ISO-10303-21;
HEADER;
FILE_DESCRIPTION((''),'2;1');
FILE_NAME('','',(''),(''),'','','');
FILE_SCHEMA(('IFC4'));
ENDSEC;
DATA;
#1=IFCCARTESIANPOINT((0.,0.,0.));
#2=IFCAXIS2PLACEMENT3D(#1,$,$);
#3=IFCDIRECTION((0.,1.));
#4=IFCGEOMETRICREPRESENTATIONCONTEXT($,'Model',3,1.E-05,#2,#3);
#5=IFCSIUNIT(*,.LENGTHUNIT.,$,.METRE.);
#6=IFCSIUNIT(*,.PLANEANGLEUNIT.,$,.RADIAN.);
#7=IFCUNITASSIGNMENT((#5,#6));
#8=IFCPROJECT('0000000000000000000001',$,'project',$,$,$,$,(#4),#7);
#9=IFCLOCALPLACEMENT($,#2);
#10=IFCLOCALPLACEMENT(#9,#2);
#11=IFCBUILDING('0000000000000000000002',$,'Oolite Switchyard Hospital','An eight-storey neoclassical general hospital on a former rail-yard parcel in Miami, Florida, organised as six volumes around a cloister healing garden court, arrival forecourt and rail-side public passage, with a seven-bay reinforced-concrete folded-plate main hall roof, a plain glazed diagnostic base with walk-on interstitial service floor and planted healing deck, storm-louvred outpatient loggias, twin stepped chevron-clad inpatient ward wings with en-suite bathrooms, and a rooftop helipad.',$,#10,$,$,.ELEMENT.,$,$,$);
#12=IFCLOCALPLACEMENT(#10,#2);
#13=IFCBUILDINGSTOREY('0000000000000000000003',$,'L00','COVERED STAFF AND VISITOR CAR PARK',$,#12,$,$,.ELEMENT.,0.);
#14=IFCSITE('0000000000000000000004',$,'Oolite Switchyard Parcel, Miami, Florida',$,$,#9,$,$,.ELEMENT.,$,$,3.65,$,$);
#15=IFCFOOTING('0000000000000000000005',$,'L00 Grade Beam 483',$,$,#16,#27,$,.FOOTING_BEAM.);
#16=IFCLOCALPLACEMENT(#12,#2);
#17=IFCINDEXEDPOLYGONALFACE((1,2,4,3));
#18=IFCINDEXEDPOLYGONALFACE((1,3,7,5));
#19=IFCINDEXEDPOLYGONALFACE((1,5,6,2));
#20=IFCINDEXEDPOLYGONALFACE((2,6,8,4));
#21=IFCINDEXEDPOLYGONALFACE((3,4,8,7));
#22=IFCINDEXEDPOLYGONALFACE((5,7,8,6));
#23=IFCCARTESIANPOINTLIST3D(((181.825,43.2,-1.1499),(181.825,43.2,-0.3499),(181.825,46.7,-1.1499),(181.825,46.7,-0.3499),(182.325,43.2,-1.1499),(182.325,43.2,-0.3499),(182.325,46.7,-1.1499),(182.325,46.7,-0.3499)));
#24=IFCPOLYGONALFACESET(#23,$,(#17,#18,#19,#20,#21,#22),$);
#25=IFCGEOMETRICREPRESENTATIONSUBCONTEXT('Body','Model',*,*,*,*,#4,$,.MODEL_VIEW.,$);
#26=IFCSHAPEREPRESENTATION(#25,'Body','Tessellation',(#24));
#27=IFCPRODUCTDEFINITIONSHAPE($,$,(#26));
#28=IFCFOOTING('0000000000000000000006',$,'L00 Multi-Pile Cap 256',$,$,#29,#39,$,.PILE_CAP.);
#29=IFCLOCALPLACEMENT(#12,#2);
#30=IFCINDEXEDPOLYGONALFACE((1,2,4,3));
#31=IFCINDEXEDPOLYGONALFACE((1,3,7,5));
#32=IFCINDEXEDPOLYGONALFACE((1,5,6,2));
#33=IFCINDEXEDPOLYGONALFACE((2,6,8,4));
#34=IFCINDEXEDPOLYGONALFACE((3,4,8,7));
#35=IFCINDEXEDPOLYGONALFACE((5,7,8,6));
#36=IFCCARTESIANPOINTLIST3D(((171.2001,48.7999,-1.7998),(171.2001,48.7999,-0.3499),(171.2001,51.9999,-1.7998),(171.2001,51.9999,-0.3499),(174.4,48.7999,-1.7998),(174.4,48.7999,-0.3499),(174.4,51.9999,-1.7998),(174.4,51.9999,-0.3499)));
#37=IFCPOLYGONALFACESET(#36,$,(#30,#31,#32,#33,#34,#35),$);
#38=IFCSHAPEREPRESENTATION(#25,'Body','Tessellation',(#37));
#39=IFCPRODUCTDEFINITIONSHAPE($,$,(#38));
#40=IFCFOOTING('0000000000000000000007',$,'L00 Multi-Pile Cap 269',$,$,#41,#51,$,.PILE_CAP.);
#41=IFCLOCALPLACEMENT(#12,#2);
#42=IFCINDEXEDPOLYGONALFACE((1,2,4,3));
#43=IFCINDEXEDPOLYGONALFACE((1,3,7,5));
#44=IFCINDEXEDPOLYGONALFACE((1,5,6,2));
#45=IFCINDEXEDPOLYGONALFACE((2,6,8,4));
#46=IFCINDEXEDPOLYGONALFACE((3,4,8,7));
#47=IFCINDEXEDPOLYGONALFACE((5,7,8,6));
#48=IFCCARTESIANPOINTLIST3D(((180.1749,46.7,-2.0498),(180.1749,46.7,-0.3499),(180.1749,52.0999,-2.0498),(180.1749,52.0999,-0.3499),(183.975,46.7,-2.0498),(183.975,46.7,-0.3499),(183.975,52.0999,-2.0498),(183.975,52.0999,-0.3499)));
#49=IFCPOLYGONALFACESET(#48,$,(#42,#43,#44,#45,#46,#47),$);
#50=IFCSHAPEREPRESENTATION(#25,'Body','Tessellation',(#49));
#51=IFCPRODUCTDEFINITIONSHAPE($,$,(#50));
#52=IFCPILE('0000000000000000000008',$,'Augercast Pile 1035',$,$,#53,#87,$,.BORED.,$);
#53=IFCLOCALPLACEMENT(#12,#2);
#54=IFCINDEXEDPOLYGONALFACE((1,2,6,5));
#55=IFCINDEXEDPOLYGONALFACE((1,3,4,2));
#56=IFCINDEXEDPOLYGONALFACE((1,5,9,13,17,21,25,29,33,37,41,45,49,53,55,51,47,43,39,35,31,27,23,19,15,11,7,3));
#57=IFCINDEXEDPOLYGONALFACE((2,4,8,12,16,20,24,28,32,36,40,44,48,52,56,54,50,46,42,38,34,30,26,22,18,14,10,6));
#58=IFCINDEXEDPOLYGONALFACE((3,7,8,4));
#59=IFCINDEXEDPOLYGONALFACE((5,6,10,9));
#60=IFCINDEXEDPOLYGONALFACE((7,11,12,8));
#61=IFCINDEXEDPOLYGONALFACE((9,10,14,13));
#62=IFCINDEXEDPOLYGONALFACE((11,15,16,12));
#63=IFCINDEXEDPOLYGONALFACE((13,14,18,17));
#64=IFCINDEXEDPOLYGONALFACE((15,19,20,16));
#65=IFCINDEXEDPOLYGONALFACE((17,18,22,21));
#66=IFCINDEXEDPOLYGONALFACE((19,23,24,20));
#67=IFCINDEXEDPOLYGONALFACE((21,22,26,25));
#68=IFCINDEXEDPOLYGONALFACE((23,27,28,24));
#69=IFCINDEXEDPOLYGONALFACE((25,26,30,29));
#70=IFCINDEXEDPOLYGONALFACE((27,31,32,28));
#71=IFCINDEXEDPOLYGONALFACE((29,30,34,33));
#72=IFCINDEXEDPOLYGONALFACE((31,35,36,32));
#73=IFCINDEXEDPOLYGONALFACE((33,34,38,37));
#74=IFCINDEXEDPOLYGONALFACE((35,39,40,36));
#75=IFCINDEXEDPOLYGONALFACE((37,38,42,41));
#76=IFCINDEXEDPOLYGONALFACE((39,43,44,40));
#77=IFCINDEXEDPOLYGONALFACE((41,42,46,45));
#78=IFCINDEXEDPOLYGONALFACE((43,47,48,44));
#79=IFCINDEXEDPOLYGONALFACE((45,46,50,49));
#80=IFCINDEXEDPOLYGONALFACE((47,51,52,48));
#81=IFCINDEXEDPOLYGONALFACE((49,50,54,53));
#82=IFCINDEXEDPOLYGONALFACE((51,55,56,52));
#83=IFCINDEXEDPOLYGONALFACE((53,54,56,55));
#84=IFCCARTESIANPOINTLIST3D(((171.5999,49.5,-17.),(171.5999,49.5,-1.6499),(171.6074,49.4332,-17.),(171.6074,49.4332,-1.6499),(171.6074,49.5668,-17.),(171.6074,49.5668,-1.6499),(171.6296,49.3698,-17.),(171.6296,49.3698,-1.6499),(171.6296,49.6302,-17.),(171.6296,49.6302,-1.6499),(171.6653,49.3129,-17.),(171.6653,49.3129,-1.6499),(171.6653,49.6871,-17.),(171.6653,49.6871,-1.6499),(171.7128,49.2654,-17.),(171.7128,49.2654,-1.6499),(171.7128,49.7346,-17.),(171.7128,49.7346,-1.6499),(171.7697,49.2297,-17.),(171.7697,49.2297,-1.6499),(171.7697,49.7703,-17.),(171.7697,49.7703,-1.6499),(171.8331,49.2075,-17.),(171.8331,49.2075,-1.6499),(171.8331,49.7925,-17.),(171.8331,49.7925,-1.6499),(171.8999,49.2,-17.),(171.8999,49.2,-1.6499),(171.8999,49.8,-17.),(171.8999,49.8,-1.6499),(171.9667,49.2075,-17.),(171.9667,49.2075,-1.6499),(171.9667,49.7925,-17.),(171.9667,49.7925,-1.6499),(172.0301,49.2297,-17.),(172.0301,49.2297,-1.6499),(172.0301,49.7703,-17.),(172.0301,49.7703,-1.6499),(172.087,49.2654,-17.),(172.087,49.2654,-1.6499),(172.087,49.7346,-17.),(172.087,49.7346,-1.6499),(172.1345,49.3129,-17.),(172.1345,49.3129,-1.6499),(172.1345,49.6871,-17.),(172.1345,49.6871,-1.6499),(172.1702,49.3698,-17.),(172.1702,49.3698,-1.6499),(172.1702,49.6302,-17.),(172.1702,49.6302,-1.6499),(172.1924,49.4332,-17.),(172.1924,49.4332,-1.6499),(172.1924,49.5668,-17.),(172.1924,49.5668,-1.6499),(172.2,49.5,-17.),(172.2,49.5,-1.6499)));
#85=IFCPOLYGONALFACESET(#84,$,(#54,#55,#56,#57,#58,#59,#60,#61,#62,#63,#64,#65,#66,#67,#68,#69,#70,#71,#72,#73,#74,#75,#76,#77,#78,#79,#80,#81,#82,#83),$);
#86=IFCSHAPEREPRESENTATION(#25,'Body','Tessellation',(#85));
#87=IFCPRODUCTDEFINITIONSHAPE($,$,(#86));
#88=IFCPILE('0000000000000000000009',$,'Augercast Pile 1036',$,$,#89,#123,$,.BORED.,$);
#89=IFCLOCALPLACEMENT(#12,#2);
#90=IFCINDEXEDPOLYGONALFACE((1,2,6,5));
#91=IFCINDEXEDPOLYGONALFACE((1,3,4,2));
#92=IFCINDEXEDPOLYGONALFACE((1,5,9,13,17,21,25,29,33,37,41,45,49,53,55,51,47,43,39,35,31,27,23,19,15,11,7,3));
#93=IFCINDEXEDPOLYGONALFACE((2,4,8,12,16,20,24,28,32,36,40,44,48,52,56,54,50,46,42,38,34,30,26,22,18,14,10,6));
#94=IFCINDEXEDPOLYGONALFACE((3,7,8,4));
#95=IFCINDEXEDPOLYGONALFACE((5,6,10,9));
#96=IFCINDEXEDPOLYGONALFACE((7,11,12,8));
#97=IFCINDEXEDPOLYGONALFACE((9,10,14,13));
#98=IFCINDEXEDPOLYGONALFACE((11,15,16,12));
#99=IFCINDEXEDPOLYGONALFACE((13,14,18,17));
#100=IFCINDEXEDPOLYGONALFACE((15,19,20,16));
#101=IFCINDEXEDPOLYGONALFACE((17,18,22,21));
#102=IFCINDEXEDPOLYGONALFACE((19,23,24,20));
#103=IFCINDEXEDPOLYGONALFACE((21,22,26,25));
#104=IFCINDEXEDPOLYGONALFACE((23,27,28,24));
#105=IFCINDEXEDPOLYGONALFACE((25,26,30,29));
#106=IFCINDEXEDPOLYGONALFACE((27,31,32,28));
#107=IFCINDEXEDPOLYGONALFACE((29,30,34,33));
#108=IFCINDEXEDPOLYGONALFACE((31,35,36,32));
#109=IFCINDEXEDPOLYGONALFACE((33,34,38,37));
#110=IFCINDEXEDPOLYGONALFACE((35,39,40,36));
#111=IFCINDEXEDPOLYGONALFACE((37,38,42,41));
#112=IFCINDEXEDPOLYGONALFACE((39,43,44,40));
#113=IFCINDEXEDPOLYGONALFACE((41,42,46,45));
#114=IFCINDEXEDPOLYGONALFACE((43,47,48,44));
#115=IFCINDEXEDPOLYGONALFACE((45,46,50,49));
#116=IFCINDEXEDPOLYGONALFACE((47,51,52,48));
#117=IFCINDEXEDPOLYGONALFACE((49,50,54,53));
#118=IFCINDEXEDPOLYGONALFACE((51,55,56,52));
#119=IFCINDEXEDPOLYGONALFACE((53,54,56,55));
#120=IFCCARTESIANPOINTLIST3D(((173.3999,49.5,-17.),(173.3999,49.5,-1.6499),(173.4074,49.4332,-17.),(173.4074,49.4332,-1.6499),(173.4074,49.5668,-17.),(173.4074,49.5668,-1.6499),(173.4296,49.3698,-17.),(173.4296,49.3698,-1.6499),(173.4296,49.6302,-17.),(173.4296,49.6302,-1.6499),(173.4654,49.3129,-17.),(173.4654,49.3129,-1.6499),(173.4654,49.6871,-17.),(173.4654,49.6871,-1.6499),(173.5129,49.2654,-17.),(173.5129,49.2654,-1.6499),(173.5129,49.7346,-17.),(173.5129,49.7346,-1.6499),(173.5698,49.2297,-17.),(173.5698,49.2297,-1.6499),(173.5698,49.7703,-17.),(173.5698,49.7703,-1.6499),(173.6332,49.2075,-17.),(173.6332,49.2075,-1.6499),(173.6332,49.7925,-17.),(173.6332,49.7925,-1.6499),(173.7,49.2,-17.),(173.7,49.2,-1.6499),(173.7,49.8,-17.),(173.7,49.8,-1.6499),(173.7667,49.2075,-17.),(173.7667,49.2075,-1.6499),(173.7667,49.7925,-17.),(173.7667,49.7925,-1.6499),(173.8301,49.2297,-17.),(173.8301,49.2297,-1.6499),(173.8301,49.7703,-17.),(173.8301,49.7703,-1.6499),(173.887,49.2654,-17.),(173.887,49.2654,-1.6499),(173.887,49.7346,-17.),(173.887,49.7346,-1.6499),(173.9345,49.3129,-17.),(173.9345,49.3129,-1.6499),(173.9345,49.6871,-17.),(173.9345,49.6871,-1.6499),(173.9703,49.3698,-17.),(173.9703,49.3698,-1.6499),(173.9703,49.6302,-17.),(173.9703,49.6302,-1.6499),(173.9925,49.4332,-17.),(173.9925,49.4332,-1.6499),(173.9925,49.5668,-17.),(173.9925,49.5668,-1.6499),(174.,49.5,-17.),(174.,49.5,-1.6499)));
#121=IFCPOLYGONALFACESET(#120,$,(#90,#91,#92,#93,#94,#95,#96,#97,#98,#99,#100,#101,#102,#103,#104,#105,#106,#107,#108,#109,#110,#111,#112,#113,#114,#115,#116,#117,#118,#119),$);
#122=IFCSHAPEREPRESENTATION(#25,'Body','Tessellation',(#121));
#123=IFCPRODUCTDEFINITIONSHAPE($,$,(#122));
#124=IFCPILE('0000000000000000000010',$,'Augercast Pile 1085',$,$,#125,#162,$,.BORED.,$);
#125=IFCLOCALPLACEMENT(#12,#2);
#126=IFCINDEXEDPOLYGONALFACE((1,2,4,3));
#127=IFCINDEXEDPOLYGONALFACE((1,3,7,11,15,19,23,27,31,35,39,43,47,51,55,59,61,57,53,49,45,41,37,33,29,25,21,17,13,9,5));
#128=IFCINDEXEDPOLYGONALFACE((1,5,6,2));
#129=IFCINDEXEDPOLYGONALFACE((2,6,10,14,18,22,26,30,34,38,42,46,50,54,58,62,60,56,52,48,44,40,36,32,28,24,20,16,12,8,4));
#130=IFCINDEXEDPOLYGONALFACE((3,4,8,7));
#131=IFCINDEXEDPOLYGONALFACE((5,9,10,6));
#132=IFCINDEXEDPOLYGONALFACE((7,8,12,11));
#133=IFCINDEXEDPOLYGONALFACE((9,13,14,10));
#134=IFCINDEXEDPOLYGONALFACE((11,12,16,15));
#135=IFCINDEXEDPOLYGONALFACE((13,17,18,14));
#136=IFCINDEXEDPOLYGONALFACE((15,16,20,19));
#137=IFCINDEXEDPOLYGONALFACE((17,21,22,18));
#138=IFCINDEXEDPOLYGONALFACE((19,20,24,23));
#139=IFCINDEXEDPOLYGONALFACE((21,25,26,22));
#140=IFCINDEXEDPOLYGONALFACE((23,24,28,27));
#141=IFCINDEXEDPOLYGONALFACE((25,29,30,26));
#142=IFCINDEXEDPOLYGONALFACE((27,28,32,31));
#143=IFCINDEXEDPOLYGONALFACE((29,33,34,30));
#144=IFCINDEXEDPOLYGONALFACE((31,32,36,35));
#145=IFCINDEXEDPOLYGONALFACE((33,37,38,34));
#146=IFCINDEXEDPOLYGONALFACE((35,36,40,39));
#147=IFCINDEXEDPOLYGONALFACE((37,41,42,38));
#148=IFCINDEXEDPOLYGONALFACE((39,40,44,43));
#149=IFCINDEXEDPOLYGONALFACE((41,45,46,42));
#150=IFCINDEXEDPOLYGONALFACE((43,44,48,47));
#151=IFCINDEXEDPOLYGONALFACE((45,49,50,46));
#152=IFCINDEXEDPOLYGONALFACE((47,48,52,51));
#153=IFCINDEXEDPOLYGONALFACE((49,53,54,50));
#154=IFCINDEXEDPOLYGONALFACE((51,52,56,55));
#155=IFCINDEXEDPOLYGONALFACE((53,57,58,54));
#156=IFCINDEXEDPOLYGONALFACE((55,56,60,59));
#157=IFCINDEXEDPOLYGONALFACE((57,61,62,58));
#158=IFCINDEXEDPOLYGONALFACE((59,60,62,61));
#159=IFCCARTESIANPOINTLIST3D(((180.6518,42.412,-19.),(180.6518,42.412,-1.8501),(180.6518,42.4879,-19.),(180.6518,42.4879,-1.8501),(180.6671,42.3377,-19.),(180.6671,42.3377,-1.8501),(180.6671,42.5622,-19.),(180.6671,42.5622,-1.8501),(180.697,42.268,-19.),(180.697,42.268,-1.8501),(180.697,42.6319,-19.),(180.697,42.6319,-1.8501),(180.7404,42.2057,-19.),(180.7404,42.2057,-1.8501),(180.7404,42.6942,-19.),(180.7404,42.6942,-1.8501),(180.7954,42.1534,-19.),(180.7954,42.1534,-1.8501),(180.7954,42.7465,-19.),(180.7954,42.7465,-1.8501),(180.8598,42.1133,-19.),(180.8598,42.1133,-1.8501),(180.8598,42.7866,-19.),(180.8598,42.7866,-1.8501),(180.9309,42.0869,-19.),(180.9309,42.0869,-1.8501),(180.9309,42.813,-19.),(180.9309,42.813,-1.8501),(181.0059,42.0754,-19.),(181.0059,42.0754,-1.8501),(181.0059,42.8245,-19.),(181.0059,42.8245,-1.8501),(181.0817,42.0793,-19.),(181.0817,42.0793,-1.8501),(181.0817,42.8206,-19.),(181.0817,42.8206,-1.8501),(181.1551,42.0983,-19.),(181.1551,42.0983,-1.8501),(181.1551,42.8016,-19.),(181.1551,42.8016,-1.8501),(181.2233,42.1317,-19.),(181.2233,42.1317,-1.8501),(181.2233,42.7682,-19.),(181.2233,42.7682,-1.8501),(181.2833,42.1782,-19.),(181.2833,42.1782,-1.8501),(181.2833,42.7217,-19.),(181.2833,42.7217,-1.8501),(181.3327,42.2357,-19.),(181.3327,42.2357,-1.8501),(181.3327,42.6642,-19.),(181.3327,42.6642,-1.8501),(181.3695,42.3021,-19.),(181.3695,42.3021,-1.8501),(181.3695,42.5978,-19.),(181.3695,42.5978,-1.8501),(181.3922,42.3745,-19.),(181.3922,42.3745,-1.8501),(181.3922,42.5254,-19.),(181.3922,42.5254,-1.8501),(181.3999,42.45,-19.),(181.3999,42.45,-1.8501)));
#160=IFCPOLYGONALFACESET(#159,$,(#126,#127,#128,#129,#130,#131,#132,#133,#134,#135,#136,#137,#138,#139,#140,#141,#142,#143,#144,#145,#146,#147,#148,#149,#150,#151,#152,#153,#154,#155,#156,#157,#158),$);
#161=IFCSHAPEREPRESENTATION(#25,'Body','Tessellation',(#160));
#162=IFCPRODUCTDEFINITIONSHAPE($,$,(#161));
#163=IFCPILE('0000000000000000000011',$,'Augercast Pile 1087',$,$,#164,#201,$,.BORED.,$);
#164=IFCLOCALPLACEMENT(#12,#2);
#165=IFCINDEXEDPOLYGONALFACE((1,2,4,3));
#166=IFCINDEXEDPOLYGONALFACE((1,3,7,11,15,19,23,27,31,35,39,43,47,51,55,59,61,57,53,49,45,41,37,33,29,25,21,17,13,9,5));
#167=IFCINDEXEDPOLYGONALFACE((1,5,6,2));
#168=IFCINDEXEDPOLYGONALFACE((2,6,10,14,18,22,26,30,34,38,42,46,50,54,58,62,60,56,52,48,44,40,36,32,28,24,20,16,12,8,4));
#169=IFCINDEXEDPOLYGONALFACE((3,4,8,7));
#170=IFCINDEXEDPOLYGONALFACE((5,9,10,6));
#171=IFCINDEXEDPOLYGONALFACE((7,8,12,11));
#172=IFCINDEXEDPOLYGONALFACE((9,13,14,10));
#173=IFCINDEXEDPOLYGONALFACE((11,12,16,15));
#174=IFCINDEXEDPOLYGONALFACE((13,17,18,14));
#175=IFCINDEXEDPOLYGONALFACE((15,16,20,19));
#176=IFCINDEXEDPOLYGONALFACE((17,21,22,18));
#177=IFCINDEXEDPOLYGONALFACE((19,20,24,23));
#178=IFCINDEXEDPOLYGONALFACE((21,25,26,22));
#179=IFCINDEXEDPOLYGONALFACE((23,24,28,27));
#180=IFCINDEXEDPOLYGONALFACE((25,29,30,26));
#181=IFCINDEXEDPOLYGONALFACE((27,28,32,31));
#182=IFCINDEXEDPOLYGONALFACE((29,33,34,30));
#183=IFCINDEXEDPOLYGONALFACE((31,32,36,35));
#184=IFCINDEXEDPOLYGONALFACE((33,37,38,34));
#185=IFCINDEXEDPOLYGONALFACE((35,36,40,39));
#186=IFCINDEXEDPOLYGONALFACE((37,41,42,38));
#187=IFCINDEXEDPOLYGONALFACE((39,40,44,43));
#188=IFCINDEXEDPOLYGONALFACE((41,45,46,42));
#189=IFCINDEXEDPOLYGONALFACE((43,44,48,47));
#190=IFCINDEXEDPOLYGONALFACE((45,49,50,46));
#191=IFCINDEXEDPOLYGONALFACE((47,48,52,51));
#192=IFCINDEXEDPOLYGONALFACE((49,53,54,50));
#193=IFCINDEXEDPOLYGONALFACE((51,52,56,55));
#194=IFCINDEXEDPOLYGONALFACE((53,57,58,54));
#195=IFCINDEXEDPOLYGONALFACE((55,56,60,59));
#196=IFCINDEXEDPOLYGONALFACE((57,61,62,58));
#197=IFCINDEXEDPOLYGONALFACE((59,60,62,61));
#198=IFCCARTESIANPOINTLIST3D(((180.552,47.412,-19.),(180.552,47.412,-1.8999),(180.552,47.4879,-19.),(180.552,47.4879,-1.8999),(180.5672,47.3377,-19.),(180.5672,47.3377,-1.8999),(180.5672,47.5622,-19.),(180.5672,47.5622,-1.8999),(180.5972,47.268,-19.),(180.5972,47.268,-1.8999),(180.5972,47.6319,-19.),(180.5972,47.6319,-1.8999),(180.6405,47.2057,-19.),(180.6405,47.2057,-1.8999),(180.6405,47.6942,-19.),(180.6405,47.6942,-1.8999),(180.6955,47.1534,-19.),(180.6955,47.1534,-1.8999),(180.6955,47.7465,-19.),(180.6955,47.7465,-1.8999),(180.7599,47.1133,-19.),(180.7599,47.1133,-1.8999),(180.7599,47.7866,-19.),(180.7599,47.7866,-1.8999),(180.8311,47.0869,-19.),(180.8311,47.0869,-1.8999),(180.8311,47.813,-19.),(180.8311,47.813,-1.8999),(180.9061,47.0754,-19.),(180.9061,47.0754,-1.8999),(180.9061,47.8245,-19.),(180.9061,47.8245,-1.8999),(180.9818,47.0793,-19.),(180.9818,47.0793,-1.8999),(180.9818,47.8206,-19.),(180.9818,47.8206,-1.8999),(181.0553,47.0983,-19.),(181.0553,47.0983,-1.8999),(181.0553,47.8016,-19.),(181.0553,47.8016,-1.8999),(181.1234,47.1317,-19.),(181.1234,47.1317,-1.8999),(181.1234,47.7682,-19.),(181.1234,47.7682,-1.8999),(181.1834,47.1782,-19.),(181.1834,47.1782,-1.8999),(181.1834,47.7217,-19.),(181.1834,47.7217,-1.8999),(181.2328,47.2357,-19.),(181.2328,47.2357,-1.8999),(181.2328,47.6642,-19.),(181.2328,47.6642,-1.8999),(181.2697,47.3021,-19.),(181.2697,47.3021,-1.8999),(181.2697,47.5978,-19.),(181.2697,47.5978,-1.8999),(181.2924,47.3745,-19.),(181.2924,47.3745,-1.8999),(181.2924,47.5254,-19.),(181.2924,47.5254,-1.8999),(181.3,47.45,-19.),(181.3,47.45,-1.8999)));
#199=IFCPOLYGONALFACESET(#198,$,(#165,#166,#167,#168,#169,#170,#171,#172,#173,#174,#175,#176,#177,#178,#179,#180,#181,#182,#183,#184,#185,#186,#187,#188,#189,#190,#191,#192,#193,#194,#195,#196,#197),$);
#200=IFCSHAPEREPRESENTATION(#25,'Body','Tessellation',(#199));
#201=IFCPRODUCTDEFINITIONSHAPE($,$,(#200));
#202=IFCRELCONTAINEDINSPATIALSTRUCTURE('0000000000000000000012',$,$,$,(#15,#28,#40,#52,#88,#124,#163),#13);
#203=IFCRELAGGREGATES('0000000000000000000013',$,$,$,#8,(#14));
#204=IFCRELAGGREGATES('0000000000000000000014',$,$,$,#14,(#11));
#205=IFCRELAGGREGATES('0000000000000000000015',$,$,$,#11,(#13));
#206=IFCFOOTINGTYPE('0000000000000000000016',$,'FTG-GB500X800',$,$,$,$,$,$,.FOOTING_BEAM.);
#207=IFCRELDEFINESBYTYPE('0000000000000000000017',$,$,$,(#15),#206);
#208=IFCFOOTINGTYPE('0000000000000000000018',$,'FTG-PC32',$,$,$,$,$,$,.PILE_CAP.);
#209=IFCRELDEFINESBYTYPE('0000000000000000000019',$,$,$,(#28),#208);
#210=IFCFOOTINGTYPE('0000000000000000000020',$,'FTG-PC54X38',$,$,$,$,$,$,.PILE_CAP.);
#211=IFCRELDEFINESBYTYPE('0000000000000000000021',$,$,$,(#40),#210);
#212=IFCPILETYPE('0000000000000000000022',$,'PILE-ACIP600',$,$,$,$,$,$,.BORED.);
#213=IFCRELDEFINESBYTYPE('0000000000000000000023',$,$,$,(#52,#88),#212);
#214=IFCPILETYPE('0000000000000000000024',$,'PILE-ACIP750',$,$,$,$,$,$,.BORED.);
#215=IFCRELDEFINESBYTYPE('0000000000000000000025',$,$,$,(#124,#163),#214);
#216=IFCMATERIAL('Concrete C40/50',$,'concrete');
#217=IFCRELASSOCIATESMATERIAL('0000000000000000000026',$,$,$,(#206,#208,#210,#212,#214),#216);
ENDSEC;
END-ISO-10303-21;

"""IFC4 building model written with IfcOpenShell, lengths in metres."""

from ifc_helpers import new_model, si_unit, direction, frame, origin, origin_2d, place, context, subcontext, project, spatial, rectangle, circle, extrude, material, material_profile, profile_set, type_object, element, save


model = new_model("IFC4")

# Units and contexts
model_context = context("Model", 3, precision=1e-05, world=origin(), true_north=direction((0.0, 1.0)))
body_context = subcontext(model_context, "Body", "Model", "MODEL_VIEW")
ifc_project = project(units=[si_unit("LENGTHUNIT", "METRE"), si_unit("PLANEANGLEUNIT", "RADIAN")], contexts=[model_context])

# Site, building, storey
site_placement = place(None, origin())
site = spatial("IfcSite", under=ifc_project, at=site_placement, Name="Oolite Switchyard Parcel, Miami, Florida", CompositionType="ELEMENT", RefElevation=3.65)
building_placement = place(site_placement, origin())
building = spatial("IfcBuilding", under=site, at=building_placement, Name="Oolite Switchyard Hospital", Description="An eight-storey neoclassical general hospital on a former rail-yard parcel in Miami, Florida, organised as six volumes around a cloister healing garden court, arrival forecourt and rail-side public passage, with a seven-bay reinforced-concrete folded-plate main hall roof, a plain glazed diagnostic base with walk-on interstitial service floor and planted healing deck, storm-louvred outpatient loggias, twin stepped chevron-clad inpatient ward wings with en-suite bathrooms, and a rooftop helipad.", CompositionType="ELEMENT")
storey_placement = place(building_placement, origin())
storey = spatial("IfcBuildingStorey", under=building, at=storey_placement, Name="L00", Description="COVERED STAFF AND VISITOR CAR PARK", CompositionType="ELEMENT", Elevation=0.0)

# Footings
ifc_material_1 = material(Name="Concrete C40/50", Category="concrete")
footing_type_1 = type_object("IfcFootingType", Name="FTG-GB500X800", PredefinedType="FOOTING_BEAM", material=ifc_material_1)
footing_1_placement = place(storey_placement, frame((182.075, 44.95, -1.1499), z_axis=(0.0, 0.0, 1.0), x_axis=(0.0, 1.0, 0.0)))
element("IfcFooting", 1, at=footing_1_placement, inside=storey, type_object=footing_type_1, Name="L00 Grade Beam 483", PredefinedType="FOOTING_BEAM", context=body_context, shape_type="SweptSolid", body=[
    extrude(rectangle(XDim=3.5, YDim=0.5, at=origin_2d()), origin(), (0.0, 0.0, 1.0), 0.8),
])
footing_type_2 = type_object("IfcFootingType", Name="FTG-PC32", PredefinedType="PILE_CAP", material=ifc_material_1)
footing_2_placement = place(storey_placement, frame((172.8, 50.3999, -1.7998), z_axis=(0.0, 0.0, 1.0), x_axis=(1.0, 0.0, 0.0)))
element("IfcFooting", 2, at=footing_2_placement, inside=storey, type_object=footing_type_2, Name="L00 Multi-Pile Cap 256", PredefinedType="PILE_CAP", context=body_context, shape_type="SweptSolid", body=[
    extrude(rectangle(XDim=3.2, YDim=3.2, at=origin_2d()), origin(), (0.0, 0.0, 1.0), 1.45),
])
footing_type_3 = type_object("IfcFootingType", Name="FTG-PC54X38", PredefinedType="PILE_CAP", material=ifc_material_1)
footing_3_placement = place(storey_placement, frame((182.075, 49.3999, -2.0498), z_axis=(0.0, 0.0, 1.0), x_axis=(0.0, 1.0, 0.0)))
element("IfcFooting", 3, at=footing_3_placement, inside=storey, type_object=footing_type_3, Name="L00 Multi-Pile Cap 269", PredefinedType="PILE_CAP", context=body_context, shape_type="SweptSolid", body=[
    extrude(rectangle(XDim=5.3999, YDim=3.8, at=origin_2d()), origin(), (0.0, 0.0, 1.0), 1.7),
])

# Piles
ifc_material_profile_1 = material_profile(ifc_material_1, circle(Radius=0.3, at=origin_2d()), Name="PILE600")
ifc_profile_set_1 = profile_set([ifc_material_profile_1], Name="Concrete C40/50")
pile_type_1 = type_object("IfcPileType", Name="PILE-ACIP600", PredefinedType="BORED", material=ifc_profile_set_1)
for number, where, z_axis, x_axis, name in (
    (4, (171.8999, 49.5, -1.6499), (0.0, 0.0, -1.0), (1.0, 0.0, 0.0), "Augercast Pile 1035"),
    (5, (173.7, 49.5, -1.6499), (0.0, 0.0, -1.0), (1.0, 0.0, 0.0), "Augercast Pile 1036"),
):
    element("IfcPile", number, at=place(storey_placement, frame(where, z_axis=z_axis, x_axis=x_axis)), inside=storey, type_object=pile_type_1, Name=name, PredefinedType="BORED", context=body_context, shape_type="SweptSolid", body=[
        extrude(circle(Radius=0.3, at=origin_2d()), origin(), (0.0, 0.0, 1.0), 15.3501),
    ])
ifc_material_profile_2 = material_profile(ifc_material_1, circle(Radius=0.375, at=origin_2d()), Name="PILE750")
ifc_profile_set_2 = profile_set([ifc_material_profile_2], Name="Concrete C40/50")
pile_type_2 = type_object("IfcPileType", Name="PILE-ACIP750", PredefinedType="BORED", material=ifc_profile_set_2)
pile_1_placement = place(storey_placement, frame((181.0249, 42.45, -1.8501), z_axis=(0.0, 0.0, -1.0), x_axis=(1.0, 0.0, 0.0)))
element("IfcPile", 6, at=pile_1_placement, inside=storey, type_object=pile_type_2, Name="Augercast Pile 1085", PredefinedType="BORED", context=body_context, shape_type="SweptSolid", body=[
    extrude(circle(Radius=0.375, at=origin_2d()), origin(), (0.0, 0.0, 1.0), 17.1499),
])
pile_2_placement = place(storey_placement, frame((180.925, 47.45, -1.8999), z_axis=(0.0, 0.0, -1.0), x_axis=(1.0, 0.0, 0.0)))
element("IfcPile", 7, at=pile_2_placement, inside=storey, type_object=pile_type_2, Name="Augercast Pile 1087", PredefinedType="BORED", context=body_context, shape_type="SweptSolid", body=[
    extrude(circle(Radius=0.375, at=origin_2d()), origin(), (0.0, 0.0, 1.0), 17.1001),
])

save(model, "model.ifc")
